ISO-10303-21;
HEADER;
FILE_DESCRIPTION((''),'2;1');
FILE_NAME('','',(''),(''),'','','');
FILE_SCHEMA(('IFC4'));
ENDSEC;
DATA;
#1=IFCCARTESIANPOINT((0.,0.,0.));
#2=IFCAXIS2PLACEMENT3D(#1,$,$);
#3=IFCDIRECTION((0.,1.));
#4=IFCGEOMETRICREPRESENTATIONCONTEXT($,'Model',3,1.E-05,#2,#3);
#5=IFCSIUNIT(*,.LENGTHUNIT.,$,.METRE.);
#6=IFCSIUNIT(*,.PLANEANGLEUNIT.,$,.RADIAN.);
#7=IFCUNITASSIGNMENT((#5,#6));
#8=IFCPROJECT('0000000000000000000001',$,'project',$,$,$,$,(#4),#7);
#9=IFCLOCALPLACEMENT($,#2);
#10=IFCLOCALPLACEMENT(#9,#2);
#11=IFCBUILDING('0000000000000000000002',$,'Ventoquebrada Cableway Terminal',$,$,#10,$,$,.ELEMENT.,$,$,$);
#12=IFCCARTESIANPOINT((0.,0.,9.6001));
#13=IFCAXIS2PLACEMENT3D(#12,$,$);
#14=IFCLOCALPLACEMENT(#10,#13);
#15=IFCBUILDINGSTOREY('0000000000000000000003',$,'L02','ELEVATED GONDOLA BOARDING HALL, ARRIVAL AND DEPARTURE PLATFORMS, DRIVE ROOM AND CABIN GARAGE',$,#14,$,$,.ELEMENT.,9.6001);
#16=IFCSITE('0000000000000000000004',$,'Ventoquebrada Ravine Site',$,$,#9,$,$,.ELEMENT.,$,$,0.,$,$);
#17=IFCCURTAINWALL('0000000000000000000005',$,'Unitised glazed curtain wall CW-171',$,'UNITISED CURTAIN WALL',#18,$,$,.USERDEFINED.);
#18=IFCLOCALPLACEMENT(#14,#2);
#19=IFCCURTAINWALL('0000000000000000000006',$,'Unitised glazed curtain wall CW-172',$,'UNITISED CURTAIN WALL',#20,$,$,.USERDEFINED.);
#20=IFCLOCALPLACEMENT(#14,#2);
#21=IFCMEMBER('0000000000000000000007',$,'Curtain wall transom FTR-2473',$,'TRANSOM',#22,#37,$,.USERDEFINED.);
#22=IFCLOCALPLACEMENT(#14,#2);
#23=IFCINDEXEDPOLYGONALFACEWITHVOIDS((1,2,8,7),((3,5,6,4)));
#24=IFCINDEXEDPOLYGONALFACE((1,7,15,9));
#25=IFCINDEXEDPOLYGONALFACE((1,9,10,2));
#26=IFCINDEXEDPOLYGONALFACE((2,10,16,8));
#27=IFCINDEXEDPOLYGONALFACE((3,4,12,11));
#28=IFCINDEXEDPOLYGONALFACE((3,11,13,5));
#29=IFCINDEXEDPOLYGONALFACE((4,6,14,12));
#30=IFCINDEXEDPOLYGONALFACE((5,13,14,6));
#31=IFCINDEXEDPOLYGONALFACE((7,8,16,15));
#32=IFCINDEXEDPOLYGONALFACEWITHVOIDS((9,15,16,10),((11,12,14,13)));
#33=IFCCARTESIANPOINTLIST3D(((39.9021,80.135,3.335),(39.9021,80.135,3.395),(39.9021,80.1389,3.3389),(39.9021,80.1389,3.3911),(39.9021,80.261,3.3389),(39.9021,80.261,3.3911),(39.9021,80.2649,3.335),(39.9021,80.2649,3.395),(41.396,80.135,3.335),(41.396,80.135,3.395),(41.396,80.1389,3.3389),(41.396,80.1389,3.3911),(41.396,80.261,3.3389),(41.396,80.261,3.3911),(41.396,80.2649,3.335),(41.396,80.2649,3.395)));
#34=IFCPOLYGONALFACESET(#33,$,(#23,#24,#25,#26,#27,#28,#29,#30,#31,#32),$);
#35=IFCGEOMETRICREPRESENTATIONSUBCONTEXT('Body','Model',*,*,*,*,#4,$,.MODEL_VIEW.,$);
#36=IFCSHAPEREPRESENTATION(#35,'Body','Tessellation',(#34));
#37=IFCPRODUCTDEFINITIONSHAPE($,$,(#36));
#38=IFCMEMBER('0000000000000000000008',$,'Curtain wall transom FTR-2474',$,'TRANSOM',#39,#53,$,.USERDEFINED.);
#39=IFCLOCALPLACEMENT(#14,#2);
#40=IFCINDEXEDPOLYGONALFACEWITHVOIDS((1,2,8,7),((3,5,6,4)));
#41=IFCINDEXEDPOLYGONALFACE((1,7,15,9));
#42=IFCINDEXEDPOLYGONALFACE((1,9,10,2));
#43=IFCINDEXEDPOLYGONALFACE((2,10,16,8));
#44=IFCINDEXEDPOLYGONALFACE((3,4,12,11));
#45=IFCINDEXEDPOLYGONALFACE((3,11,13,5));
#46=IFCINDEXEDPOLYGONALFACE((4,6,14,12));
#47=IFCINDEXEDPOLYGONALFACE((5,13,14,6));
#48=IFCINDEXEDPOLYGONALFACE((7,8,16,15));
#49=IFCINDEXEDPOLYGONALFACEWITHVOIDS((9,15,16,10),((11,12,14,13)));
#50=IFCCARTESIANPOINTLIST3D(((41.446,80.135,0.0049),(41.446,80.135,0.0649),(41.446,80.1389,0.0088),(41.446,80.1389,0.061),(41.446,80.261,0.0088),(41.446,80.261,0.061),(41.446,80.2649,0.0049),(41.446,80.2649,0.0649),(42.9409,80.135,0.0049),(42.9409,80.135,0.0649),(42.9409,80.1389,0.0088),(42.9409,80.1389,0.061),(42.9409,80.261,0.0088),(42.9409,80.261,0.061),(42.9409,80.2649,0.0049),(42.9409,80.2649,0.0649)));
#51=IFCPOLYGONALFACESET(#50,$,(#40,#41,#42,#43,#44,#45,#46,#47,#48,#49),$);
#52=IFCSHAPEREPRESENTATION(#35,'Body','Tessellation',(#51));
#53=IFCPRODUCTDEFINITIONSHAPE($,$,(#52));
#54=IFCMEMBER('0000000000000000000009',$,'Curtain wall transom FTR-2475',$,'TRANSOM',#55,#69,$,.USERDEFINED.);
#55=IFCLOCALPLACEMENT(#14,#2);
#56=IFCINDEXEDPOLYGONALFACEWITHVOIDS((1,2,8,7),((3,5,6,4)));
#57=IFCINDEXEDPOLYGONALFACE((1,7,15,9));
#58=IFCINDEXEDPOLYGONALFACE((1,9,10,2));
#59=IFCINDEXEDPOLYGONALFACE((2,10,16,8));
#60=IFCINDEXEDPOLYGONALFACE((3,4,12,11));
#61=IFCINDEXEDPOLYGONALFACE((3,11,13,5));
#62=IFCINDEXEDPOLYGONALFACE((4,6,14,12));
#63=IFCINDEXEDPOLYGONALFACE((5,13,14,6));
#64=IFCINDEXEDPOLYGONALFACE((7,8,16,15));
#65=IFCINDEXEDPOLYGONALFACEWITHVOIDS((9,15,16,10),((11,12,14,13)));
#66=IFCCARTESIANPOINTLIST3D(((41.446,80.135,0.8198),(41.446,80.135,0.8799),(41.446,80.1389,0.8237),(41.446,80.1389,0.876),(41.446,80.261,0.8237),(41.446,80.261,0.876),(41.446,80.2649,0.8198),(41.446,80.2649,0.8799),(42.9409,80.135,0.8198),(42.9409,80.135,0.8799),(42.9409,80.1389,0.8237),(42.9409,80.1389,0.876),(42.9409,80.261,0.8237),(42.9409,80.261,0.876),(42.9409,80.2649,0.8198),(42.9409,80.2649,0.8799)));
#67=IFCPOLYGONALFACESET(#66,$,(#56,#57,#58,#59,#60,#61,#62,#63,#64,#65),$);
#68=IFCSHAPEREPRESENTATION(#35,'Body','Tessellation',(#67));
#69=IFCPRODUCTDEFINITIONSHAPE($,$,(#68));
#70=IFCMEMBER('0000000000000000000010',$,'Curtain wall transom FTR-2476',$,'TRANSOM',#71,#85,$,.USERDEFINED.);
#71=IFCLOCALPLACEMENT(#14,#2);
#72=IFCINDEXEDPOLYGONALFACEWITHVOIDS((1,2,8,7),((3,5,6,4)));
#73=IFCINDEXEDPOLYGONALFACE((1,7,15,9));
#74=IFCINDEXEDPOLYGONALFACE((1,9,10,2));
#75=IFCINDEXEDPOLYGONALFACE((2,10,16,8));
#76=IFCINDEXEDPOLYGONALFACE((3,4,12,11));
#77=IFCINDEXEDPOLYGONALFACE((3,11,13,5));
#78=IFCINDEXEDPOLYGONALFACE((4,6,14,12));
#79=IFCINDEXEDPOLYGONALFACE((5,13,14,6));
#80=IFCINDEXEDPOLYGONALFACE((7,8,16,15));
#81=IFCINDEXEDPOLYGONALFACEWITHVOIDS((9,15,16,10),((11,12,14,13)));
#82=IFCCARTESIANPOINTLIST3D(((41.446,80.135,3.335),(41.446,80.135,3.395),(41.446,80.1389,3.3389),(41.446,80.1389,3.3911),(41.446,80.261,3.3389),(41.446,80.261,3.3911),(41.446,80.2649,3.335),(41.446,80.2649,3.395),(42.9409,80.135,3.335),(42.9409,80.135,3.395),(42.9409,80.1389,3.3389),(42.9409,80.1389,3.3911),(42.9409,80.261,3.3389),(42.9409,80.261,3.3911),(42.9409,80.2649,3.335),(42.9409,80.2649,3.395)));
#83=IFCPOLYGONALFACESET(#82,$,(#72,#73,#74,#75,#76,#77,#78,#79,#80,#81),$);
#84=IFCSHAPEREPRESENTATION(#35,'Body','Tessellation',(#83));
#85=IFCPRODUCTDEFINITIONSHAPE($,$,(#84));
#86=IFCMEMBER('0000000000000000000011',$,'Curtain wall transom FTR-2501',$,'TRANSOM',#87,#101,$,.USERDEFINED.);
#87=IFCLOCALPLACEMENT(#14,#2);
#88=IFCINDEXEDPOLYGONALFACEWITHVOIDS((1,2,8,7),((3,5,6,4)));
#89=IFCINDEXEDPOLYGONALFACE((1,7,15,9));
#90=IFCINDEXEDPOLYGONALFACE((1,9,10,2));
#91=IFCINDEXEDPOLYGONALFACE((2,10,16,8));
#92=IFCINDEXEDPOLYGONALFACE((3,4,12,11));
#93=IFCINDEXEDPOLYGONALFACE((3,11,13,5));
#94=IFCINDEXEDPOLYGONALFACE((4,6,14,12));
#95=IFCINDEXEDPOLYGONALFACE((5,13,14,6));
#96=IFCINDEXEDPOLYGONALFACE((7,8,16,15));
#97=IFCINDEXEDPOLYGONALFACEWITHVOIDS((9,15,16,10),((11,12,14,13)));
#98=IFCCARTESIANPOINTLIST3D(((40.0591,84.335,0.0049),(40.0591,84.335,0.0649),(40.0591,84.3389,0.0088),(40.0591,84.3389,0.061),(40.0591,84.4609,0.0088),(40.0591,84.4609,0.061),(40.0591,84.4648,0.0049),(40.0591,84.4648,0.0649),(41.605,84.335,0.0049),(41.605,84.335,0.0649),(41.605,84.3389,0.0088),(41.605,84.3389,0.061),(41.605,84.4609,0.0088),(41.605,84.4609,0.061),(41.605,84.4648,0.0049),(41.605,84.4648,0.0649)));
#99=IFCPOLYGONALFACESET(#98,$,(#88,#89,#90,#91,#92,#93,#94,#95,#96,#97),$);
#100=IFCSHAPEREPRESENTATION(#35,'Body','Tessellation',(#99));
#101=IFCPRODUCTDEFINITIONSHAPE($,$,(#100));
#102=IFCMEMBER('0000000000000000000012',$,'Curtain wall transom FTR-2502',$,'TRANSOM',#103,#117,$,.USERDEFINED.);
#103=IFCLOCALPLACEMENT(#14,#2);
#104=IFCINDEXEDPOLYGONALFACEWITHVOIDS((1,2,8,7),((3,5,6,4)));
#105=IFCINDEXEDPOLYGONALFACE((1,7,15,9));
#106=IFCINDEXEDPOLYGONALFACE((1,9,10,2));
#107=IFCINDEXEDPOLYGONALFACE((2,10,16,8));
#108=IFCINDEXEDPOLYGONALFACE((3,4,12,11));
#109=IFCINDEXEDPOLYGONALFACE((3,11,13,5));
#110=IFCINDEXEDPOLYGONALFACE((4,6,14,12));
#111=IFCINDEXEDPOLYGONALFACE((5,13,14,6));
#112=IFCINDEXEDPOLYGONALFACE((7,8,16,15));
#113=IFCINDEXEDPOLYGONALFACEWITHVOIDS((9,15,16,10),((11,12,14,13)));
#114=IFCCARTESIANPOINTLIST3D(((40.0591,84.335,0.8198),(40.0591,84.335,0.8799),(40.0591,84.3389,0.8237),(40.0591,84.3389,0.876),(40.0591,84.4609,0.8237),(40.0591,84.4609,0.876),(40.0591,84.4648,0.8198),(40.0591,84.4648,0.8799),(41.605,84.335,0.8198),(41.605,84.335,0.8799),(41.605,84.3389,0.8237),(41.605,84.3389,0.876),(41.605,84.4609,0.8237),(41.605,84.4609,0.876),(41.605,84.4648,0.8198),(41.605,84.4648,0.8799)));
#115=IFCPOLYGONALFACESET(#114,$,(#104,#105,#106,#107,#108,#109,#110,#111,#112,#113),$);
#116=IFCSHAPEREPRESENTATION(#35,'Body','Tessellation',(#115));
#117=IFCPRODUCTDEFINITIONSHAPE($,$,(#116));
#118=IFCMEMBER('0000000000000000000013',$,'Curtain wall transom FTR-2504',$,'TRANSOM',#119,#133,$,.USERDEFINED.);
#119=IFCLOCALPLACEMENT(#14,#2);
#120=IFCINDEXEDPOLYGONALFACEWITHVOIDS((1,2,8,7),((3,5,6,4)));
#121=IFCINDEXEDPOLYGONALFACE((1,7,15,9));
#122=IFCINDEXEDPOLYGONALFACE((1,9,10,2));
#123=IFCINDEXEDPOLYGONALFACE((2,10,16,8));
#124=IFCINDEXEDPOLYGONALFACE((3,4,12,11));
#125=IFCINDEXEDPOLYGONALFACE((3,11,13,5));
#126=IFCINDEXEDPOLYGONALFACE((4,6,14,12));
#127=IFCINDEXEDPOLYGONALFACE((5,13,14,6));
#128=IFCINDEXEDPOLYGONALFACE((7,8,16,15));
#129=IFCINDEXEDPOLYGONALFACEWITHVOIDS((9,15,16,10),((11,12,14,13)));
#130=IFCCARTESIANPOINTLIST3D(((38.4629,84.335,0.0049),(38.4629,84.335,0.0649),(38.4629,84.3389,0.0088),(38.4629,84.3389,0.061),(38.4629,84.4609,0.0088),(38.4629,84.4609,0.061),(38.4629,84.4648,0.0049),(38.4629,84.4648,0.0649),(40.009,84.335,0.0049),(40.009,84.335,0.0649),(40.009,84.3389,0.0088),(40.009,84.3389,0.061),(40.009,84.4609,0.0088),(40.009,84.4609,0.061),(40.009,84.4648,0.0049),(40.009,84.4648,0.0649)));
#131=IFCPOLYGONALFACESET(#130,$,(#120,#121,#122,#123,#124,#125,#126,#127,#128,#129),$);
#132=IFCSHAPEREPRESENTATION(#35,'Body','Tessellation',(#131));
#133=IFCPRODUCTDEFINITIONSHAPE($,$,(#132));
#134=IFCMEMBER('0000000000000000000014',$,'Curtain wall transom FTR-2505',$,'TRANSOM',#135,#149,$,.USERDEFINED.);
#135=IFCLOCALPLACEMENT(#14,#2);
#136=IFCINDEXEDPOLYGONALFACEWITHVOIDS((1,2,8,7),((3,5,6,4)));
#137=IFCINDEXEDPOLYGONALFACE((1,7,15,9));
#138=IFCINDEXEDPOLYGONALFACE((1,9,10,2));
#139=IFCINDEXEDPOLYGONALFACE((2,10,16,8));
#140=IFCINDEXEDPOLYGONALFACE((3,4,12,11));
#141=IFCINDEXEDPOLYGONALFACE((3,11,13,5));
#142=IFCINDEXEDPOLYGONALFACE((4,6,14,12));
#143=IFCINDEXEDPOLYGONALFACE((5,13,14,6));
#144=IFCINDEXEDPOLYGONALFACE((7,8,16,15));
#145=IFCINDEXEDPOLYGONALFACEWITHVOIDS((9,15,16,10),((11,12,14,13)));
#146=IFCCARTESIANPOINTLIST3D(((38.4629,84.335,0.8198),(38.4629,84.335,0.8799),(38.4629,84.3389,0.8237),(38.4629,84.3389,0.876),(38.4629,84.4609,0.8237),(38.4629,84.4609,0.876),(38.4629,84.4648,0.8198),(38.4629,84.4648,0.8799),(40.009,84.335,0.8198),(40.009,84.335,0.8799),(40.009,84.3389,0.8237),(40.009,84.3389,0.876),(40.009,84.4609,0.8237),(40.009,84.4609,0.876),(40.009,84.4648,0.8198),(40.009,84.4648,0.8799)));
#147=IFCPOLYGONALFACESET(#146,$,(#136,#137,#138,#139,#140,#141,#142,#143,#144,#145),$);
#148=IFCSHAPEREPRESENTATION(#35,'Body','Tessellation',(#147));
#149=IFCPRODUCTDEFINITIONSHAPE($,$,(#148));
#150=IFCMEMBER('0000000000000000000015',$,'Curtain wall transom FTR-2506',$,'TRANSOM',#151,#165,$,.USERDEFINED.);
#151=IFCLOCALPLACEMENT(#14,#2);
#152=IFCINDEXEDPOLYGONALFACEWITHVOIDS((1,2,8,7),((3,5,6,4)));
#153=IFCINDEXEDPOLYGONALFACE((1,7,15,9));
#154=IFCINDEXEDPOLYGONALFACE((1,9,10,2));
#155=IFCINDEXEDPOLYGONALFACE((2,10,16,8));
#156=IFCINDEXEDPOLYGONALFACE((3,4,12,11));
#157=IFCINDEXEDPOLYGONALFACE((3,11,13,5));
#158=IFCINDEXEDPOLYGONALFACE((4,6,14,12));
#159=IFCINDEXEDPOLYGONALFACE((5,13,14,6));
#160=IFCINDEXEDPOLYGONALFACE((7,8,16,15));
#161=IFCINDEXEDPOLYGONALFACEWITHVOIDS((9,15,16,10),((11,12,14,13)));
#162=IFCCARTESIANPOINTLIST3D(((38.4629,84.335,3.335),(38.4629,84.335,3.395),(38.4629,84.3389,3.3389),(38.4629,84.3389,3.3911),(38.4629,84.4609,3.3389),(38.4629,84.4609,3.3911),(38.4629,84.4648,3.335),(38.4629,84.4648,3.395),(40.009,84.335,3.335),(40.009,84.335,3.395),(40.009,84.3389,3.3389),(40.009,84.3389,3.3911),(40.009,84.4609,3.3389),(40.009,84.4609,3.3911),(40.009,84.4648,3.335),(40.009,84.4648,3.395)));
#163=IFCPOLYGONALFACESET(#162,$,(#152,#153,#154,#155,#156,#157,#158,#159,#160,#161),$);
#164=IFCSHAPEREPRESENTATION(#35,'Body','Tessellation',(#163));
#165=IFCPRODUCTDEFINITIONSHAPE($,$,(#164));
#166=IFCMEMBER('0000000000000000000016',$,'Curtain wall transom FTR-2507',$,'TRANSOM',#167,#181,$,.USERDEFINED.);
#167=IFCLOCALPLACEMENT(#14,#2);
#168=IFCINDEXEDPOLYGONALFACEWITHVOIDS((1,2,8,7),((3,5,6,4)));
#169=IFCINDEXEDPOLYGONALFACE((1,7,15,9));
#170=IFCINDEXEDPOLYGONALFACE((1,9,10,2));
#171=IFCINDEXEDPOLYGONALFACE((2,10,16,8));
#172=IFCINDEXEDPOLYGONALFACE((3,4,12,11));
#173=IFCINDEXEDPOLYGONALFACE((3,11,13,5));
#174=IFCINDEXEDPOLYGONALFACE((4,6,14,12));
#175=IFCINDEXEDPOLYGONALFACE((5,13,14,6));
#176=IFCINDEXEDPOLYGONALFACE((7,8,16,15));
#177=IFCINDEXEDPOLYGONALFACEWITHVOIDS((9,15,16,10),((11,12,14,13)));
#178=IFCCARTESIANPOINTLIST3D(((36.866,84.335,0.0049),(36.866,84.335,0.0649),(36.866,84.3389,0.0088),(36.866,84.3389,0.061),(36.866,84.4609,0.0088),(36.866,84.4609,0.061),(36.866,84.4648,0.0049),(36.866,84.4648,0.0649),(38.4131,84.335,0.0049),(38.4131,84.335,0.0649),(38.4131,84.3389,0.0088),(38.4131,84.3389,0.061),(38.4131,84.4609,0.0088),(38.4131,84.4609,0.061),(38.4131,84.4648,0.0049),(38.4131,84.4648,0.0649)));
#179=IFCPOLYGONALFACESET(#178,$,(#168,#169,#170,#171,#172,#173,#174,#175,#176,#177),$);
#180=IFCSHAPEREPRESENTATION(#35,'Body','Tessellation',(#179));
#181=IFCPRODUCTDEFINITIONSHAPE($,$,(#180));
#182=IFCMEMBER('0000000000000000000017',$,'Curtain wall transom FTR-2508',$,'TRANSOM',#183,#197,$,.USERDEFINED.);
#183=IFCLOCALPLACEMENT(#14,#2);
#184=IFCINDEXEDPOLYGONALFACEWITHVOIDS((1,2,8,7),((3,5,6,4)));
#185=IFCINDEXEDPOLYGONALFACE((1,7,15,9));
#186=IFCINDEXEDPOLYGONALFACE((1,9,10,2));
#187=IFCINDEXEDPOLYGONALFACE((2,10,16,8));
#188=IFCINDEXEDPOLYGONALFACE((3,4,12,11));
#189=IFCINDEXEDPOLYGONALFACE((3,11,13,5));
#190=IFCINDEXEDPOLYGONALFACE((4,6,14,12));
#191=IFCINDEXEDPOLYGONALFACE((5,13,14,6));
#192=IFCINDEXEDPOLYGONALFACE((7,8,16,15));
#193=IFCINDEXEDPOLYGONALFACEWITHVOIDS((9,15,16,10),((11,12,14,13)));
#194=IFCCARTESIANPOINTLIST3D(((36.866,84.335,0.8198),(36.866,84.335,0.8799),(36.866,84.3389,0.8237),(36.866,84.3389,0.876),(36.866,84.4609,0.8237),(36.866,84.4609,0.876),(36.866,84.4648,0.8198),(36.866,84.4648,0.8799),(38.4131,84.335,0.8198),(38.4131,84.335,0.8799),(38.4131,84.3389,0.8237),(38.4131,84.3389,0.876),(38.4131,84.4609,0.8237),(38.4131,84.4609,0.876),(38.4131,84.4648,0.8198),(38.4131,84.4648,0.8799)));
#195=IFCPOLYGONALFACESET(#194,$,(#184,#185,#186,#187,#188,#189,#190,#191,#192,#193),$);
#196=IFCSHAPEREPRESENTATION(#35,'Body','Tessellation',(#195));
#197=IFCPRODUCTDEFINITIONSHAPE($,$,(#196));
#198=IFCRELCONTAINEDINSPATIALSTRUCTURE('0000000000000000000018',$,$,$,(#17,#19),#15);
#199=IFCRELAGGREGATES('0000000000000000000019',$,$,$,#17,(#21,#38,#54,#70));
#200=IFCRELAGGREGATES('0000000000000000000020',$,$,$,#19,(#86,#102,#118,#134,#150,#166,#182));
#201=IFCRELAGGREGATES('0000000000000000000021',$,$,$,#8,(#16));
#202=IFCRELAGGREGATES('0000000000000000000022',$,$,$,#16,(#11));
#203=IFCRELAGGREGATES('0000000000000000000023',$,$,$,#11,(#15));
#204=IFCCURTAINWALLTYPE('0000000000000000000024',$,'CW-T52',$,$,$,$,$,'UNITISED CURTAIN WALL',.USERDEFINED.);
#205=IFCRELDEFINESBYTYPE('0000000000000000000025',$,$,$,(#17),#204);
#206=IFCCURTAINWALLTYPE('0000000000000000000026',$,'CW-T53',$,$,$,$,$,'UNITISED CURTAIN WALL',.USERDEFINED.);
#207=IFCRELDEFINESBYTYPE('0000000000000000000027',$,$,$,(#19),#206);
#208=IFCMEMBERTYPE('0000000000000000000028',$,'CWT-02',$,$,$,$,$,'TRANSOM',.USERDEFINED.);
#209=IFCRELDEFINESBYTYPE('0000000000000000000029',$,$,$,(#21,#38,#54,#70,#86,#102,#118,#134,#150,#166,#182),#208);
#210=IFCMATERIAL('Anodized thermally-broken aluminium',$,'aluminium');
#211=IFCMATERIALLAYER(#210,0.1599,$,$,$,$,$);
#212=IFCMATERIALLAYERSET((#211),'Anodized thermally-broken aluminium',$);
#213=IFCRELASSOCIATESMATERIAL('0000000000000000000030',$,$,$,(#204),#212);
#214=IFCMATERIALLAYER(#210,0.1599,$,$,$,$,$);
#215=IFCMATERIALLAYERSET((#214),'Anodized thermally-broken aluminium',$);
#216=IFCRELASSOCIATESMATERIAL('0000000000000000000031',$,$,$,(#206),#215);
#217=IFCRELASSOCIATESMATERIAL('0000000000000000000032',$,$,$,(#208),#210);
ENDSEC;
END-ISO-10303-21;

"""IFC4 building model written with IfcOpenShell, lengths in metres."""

from ifc_helpers import new_model, si_unit, direction, frame, origin, origin_2d, place, context, subcontext, project, spatial, hollow_rectangle, extrude, material, layer, layer_set, material_profile, profile_set, type_object, element, aggregate, save


model = new_model("IFC4")

# Units and contexts
model_context = context("Model", 3, precision=1e-05, world=origin(), true_north=direction((0.0, 1.0)))
body_context = subcontext(model_context, "Body", "Model", "MODEL_VIEW")
ifc_project = project(units=[si_unit("LENGTHUNIT", "METRE"), si_unit("PLANEANGLEUNIT", "RADIAN")], contexts=[model_context])

# Site, building, storey
site_placement = place(None, origin())
site = spatial("IfcSite", under=ifc_project, at=site_placement, Name="Ventoquebrada Ravine Site", CompositionType="ELEMENT", RefElevation=0.0)
building_placement = place(site_placement, origin())
building = spatial("IfcBuilding", under=site, at=building_placement, Name="Ventoquebrada Cableway Terminal", CompositionType="ELEMENT")
storey_placement = place(building_placement, frame((0.0, 0.0, 9.6001)))
storey = spatial("IfcBuildingStorey", under=building, at=storey_placement, Name="L02", Description="ELEVATED GONDOLA BOARDING HALL, ARRIVAL AND DEPARTURE PLATFORMS, DRIVE ROOM AND CABIN GARAGE", CompositionType="ELEMENT", Elevation=9.6001)

# Curtain walls
ifc_material_1 = material(Name="Anodized thermally-broken aluminium", Category="aluminium")
ifc_layer_1 = layer(ifc_material_1, 0.1599)
ifc_layer_set_1 = layer_set([ifc_layer_1], Name="Anodized thermally-broken aluminium")
curtain_wall_type_1 = type_object("IfcCurtainWallType", Name="CW-T52", ElementType="UNITISED CURTAIN WALL", PredefinedType="USERDEFINED", material=ifc_layer_set_1)
curtain_wall_1_placement = place(storey_placement, origin())
curtain_wall_1 = element("IfcCurtainWall", 1, at=curtain_wall_1_placement, inside=storey, type_object=curtain_wall_type_1, Name="Unitised glazed curtain wall CW-171", ObjectType="UNITISED CURTAIN WALL", PredefinedType="USERDEFINED")
ifc_layer_2 = layer(ifc_material_1, 0.1599)
ifc_layer_set_2 = layer_set([ifc_layer_2], Name="Anodized thermally-broken aluminium")
curtain_wall_type_2 = type_object("IfcCurtainWallType", Name="CW-T53", ElementType="UNITISED CURTAIN WALL", PredefinedType="USERDEFINED", material=ifc_layer_set_2)
curtain_wall_2_placement = place(storey_placement, origin())
curtain_wall_2 = element("IfcCurtainWall", 2, at=curtain_wall_2_placement, inside=storey, type_object=curtain_wall_type_2, Name="Unitised glazed curtain wall CW-172", ObjectType="UNITISED CURTAIN WALL", PredefinedType="USERDEFINED")

# Members
ifc_material_profile_1 = material_profile(ifc_material_1, hollow_rectangle(XDim=0.0601, YDim=0.1299, WallThickness=0.0039, at=origin_2d()), Name="CW-TRN-60X130")
ifc_profile_set_1 = profile_set([ifc_material_profile_1], Name="Anodized thermally-broken aluminium")
member_type_1 = type_object("IfcMemberType", Name="CWT-02", ElementType="TRANSOM", PredefinedType="USERDEFINED", material=ifc_profile_set_1)
member_1_placement = place(storey_placement, frame((39.9021, 80.2, 3.365), z_axis=(1.0, 0.0, 0.0), x_axis=(0.0, 0.0, 1.0)))
member_1 = element("IfcMember", 3, at=member_1_placement, type_object=member_type_1, Name="Curtain wall transom FTR-2473", ObjectType="TRANSOM", PredefinedType="USERDEFINED", context=body_context, shape_type="SweptSolid", body=[
    extrude(hollow_rectangle(XDim=0.0601, YDim=0.1299, WallThickness=0.0039, at=origin_2d()), origin(), (0.0, 0.0, 1.0), 1.4939),
])
member_2_placement = place(storey_placement, frame((41.446, 80.2, 0.0349), z_axis=(1.0, 0.0, 0.0), x_axis=(0.0, 0.0, 1.0)))
member_2 = element("IfcMember", 4, at=member_2_placement, type_object=member_type_1, Name="Curtain wall transom FTR-2474", ObjectType="TRANSOM", PredefinedType="USERDEFINED", context=body_context, shape_type="SweptSolid", body=[
    extrude(hollow_rectangle(XDim=0.0601, YDim=0.1299, WallThickness=0.0039, at=origin_2d()), origin(), (0.0, 0.0, 1.0), 1.4949),
])
member_3_placement = place(storey_placement, frame((41.446, 80.2, 0.8499), z_axis=(1.0, 0.0, 0.0), x_axis=(0.0, 0.0, 1.0)))
member_3 = element("IfcMember", 5, at=member_3_placement, type_object=member_type_1, Name="Curtain wall transom FTR-2475", ObjectType="TRANSOM", PredefinedType="USERDEFINED", context=body_context, shape_type="SweptSolid", body=[
    extrude(hollow_rectangle(XDim=0.0601, YDim=0.1299, WallThickness=0.0039, at=origin_2d()), origin(), (0.0, 0.0, 1.0), 1.4949),
])
member_4_placement = place(storey_placement, frame((41.446, 80.2, 3.365), z_axis=(1.0, 0.0, 0.0), x_axis=(0.0, 0.0, 1.0)))
member_4 = element("IfcMember", 6, at=member_4_placement, type_object=member_type_1, Name="Curtain wall transom FTR-2476", ObjectType="TRANSOM", PredefinedType="USERDEFINED", context=body_context, shape_type="SweptSolid", body=[
    extrude(hollow_rectangle(XDim=0.0601, YDim=0.1299, WallThickness=0.0039, at=origin_2d()), origin(), (0.0, 0.0, 1.0), 1.4949),
])
member_5_placement = place(storey_placement, frame((41.605, 84.3999, 0.0349), z_axis=(-1.0, 0.0, 0.0), x_axis=(0.0, 0.0, 1.0)))
member_5 = element("IfcMember", 7, at=member_5_placement, type_object=member_type_1, Name="Curtain wall transom FTR-2501", ObjectType="TRANSOM", PredefinedType="USERDEFINED", context=body_context, shape_type="SweptSolid", body=[
    extrude(hollow_rectangle(XDim=0.0601, YDim=0.1299, WallThickness=0.0039, at=origin_2d()), origin(), (0.0, 0.0, 1.0), 1.5459),
])
member_6_placement = place(storey_placement, frame((41.605, 84.3999, 0.8499), z_axis=(-1.0, 0.0, 0.0), x_axis=(0.0, 0.0, 1.0)))
member_6 = element("IfcMember", 8, at=member_6_placement, type_object=member_type_1, Name="Curtain wall transom FTR-2502", ObjectType="TRANSOM", PredefinedType="USERDEFINED", context=body_context, shape_type="SweptSolid", body=[
    extrude(hollow_rectangle(XDim=0.0601, YDim=0.1299, WallThickness=0.0039, at=origin_2d()), origin(), (0.0, 0.0, 1.0), 1.5459),
])
member_7_placement = place(storey_placement, frame((40.009, 84.3999, 0.0349), z_axis=(-1.0, 0.0, 0.0), x_axis=(0.0, 0.0, 1.0)))
member_7 = element("IfcMember", 9, at=member_7_placement, type_object=member_type_1, Name="Curtain wall transom FTR-2504", ObjectType="TRANSOM", PredefinedType="USERDEFINED", context=body_context, shape_type="SweptSolid", body=[
    extrude(hollow_rectangle(XDim=0.0601, YDim=0.1299, WallThickness=0.0039, at=origin_2d()), origin(), (0.0, 0.0, 1.0), 1.5461),
])
member_8_placement = place(storey_placement, frame((40.009, 84.3999, 0.8499), z_axis=(-1.0, 0.0, 0.0), x_axis=(0.0, 0.0, 1.0)))
member_8 = element("IfcMember", 10, at=member_8_placement, type_object=member_type_1, Name="Curtain wall transom FTR-2505", ObjectType="TRANSOM", PredefinedType="USERDEFINED", context=body_context, shape_type="SweptSolid", body=[
    extrude(hollow_rectangle(XDim=0.0601, YDim=0.1299, WallThickness=0.0039, at=origin_2d()), origin(), (0.0, 0.0, 1.0), 1.5461),
])
member_9_placement = place(storey_placement, frame((40.009, 84.3999, 3.365), z_axis=(-1.0, 0.0, 0.0), x_axis=(0.0, 0.0, 1.0)))
member_9 = element("IfcMember", 11, at=member_9_placement, type_object=member_type_1, Name="Curtain wall transom FTR-2506", ObjectType="TRANSOM", PredefinedType="USERDEFINED", context=body_context, shape_type="SweptSolid", body=[
    extrude(hollow_rectangle(XDim=0.0601, YDim=0.1299, WallThickness=0.0039, at=origin_2d()), origin(), (0.0, 0.0, 1.0), 1.5461),
])
member_10_placement = place(storey_placement, frame((38.4131, 84.3999, 0.0349), z_axis=(-1.0, 0.0, 0.0), x_axis=(0.0, 0.0, 1.0)))
member_10 = element("IfcMember", 12, at=member_10_placement, type_object=member_type_1, Name="Curtain wall transom FTR-2507", ObjectType="TRANSOM", PredefinedType="USERDEFINED", context=body_context, shape_type="SweptSolid", body=[
    extrude(hollow_rectangle(XDim=0.0601, YDim=0.1299, WallThickness=0.0039, at=origin_2d()), origin(), (0.0, 0.0, 1.0), 1.5471),
])
member_11_placement = place(storey_placement, frame((38.4131, 84.3999, 0.8499), z_axis=(-1.0, 0.0, 0.0), x_axis=(0.0, 0.0, 1.0)))
member_11 = element("IfcMember", 13, at=member_11_placement, type_object=member_type_1, Name="Curtain wall transom FTR-2508", ObjectType="TRANSOM", PredefinedType="USERDEFINED", context=body_context, shape_type="SweptSolid", body=[
    extrude(hollow_rectangle(XDim=0.0601, YDim=0.1299, WallThickness=0.0039, at=origin_2d()), origin(), (0.0, 0.0, 1.0), 1.5471),
])

aggregate(curtain_wall_1, [member_1, member_2, member_3, member_4])
aggregate(curtain_wall_2, [member_5, member_6, member_7, member_8, member_9, member_10, member_11])

save(model, "model.ifc")
